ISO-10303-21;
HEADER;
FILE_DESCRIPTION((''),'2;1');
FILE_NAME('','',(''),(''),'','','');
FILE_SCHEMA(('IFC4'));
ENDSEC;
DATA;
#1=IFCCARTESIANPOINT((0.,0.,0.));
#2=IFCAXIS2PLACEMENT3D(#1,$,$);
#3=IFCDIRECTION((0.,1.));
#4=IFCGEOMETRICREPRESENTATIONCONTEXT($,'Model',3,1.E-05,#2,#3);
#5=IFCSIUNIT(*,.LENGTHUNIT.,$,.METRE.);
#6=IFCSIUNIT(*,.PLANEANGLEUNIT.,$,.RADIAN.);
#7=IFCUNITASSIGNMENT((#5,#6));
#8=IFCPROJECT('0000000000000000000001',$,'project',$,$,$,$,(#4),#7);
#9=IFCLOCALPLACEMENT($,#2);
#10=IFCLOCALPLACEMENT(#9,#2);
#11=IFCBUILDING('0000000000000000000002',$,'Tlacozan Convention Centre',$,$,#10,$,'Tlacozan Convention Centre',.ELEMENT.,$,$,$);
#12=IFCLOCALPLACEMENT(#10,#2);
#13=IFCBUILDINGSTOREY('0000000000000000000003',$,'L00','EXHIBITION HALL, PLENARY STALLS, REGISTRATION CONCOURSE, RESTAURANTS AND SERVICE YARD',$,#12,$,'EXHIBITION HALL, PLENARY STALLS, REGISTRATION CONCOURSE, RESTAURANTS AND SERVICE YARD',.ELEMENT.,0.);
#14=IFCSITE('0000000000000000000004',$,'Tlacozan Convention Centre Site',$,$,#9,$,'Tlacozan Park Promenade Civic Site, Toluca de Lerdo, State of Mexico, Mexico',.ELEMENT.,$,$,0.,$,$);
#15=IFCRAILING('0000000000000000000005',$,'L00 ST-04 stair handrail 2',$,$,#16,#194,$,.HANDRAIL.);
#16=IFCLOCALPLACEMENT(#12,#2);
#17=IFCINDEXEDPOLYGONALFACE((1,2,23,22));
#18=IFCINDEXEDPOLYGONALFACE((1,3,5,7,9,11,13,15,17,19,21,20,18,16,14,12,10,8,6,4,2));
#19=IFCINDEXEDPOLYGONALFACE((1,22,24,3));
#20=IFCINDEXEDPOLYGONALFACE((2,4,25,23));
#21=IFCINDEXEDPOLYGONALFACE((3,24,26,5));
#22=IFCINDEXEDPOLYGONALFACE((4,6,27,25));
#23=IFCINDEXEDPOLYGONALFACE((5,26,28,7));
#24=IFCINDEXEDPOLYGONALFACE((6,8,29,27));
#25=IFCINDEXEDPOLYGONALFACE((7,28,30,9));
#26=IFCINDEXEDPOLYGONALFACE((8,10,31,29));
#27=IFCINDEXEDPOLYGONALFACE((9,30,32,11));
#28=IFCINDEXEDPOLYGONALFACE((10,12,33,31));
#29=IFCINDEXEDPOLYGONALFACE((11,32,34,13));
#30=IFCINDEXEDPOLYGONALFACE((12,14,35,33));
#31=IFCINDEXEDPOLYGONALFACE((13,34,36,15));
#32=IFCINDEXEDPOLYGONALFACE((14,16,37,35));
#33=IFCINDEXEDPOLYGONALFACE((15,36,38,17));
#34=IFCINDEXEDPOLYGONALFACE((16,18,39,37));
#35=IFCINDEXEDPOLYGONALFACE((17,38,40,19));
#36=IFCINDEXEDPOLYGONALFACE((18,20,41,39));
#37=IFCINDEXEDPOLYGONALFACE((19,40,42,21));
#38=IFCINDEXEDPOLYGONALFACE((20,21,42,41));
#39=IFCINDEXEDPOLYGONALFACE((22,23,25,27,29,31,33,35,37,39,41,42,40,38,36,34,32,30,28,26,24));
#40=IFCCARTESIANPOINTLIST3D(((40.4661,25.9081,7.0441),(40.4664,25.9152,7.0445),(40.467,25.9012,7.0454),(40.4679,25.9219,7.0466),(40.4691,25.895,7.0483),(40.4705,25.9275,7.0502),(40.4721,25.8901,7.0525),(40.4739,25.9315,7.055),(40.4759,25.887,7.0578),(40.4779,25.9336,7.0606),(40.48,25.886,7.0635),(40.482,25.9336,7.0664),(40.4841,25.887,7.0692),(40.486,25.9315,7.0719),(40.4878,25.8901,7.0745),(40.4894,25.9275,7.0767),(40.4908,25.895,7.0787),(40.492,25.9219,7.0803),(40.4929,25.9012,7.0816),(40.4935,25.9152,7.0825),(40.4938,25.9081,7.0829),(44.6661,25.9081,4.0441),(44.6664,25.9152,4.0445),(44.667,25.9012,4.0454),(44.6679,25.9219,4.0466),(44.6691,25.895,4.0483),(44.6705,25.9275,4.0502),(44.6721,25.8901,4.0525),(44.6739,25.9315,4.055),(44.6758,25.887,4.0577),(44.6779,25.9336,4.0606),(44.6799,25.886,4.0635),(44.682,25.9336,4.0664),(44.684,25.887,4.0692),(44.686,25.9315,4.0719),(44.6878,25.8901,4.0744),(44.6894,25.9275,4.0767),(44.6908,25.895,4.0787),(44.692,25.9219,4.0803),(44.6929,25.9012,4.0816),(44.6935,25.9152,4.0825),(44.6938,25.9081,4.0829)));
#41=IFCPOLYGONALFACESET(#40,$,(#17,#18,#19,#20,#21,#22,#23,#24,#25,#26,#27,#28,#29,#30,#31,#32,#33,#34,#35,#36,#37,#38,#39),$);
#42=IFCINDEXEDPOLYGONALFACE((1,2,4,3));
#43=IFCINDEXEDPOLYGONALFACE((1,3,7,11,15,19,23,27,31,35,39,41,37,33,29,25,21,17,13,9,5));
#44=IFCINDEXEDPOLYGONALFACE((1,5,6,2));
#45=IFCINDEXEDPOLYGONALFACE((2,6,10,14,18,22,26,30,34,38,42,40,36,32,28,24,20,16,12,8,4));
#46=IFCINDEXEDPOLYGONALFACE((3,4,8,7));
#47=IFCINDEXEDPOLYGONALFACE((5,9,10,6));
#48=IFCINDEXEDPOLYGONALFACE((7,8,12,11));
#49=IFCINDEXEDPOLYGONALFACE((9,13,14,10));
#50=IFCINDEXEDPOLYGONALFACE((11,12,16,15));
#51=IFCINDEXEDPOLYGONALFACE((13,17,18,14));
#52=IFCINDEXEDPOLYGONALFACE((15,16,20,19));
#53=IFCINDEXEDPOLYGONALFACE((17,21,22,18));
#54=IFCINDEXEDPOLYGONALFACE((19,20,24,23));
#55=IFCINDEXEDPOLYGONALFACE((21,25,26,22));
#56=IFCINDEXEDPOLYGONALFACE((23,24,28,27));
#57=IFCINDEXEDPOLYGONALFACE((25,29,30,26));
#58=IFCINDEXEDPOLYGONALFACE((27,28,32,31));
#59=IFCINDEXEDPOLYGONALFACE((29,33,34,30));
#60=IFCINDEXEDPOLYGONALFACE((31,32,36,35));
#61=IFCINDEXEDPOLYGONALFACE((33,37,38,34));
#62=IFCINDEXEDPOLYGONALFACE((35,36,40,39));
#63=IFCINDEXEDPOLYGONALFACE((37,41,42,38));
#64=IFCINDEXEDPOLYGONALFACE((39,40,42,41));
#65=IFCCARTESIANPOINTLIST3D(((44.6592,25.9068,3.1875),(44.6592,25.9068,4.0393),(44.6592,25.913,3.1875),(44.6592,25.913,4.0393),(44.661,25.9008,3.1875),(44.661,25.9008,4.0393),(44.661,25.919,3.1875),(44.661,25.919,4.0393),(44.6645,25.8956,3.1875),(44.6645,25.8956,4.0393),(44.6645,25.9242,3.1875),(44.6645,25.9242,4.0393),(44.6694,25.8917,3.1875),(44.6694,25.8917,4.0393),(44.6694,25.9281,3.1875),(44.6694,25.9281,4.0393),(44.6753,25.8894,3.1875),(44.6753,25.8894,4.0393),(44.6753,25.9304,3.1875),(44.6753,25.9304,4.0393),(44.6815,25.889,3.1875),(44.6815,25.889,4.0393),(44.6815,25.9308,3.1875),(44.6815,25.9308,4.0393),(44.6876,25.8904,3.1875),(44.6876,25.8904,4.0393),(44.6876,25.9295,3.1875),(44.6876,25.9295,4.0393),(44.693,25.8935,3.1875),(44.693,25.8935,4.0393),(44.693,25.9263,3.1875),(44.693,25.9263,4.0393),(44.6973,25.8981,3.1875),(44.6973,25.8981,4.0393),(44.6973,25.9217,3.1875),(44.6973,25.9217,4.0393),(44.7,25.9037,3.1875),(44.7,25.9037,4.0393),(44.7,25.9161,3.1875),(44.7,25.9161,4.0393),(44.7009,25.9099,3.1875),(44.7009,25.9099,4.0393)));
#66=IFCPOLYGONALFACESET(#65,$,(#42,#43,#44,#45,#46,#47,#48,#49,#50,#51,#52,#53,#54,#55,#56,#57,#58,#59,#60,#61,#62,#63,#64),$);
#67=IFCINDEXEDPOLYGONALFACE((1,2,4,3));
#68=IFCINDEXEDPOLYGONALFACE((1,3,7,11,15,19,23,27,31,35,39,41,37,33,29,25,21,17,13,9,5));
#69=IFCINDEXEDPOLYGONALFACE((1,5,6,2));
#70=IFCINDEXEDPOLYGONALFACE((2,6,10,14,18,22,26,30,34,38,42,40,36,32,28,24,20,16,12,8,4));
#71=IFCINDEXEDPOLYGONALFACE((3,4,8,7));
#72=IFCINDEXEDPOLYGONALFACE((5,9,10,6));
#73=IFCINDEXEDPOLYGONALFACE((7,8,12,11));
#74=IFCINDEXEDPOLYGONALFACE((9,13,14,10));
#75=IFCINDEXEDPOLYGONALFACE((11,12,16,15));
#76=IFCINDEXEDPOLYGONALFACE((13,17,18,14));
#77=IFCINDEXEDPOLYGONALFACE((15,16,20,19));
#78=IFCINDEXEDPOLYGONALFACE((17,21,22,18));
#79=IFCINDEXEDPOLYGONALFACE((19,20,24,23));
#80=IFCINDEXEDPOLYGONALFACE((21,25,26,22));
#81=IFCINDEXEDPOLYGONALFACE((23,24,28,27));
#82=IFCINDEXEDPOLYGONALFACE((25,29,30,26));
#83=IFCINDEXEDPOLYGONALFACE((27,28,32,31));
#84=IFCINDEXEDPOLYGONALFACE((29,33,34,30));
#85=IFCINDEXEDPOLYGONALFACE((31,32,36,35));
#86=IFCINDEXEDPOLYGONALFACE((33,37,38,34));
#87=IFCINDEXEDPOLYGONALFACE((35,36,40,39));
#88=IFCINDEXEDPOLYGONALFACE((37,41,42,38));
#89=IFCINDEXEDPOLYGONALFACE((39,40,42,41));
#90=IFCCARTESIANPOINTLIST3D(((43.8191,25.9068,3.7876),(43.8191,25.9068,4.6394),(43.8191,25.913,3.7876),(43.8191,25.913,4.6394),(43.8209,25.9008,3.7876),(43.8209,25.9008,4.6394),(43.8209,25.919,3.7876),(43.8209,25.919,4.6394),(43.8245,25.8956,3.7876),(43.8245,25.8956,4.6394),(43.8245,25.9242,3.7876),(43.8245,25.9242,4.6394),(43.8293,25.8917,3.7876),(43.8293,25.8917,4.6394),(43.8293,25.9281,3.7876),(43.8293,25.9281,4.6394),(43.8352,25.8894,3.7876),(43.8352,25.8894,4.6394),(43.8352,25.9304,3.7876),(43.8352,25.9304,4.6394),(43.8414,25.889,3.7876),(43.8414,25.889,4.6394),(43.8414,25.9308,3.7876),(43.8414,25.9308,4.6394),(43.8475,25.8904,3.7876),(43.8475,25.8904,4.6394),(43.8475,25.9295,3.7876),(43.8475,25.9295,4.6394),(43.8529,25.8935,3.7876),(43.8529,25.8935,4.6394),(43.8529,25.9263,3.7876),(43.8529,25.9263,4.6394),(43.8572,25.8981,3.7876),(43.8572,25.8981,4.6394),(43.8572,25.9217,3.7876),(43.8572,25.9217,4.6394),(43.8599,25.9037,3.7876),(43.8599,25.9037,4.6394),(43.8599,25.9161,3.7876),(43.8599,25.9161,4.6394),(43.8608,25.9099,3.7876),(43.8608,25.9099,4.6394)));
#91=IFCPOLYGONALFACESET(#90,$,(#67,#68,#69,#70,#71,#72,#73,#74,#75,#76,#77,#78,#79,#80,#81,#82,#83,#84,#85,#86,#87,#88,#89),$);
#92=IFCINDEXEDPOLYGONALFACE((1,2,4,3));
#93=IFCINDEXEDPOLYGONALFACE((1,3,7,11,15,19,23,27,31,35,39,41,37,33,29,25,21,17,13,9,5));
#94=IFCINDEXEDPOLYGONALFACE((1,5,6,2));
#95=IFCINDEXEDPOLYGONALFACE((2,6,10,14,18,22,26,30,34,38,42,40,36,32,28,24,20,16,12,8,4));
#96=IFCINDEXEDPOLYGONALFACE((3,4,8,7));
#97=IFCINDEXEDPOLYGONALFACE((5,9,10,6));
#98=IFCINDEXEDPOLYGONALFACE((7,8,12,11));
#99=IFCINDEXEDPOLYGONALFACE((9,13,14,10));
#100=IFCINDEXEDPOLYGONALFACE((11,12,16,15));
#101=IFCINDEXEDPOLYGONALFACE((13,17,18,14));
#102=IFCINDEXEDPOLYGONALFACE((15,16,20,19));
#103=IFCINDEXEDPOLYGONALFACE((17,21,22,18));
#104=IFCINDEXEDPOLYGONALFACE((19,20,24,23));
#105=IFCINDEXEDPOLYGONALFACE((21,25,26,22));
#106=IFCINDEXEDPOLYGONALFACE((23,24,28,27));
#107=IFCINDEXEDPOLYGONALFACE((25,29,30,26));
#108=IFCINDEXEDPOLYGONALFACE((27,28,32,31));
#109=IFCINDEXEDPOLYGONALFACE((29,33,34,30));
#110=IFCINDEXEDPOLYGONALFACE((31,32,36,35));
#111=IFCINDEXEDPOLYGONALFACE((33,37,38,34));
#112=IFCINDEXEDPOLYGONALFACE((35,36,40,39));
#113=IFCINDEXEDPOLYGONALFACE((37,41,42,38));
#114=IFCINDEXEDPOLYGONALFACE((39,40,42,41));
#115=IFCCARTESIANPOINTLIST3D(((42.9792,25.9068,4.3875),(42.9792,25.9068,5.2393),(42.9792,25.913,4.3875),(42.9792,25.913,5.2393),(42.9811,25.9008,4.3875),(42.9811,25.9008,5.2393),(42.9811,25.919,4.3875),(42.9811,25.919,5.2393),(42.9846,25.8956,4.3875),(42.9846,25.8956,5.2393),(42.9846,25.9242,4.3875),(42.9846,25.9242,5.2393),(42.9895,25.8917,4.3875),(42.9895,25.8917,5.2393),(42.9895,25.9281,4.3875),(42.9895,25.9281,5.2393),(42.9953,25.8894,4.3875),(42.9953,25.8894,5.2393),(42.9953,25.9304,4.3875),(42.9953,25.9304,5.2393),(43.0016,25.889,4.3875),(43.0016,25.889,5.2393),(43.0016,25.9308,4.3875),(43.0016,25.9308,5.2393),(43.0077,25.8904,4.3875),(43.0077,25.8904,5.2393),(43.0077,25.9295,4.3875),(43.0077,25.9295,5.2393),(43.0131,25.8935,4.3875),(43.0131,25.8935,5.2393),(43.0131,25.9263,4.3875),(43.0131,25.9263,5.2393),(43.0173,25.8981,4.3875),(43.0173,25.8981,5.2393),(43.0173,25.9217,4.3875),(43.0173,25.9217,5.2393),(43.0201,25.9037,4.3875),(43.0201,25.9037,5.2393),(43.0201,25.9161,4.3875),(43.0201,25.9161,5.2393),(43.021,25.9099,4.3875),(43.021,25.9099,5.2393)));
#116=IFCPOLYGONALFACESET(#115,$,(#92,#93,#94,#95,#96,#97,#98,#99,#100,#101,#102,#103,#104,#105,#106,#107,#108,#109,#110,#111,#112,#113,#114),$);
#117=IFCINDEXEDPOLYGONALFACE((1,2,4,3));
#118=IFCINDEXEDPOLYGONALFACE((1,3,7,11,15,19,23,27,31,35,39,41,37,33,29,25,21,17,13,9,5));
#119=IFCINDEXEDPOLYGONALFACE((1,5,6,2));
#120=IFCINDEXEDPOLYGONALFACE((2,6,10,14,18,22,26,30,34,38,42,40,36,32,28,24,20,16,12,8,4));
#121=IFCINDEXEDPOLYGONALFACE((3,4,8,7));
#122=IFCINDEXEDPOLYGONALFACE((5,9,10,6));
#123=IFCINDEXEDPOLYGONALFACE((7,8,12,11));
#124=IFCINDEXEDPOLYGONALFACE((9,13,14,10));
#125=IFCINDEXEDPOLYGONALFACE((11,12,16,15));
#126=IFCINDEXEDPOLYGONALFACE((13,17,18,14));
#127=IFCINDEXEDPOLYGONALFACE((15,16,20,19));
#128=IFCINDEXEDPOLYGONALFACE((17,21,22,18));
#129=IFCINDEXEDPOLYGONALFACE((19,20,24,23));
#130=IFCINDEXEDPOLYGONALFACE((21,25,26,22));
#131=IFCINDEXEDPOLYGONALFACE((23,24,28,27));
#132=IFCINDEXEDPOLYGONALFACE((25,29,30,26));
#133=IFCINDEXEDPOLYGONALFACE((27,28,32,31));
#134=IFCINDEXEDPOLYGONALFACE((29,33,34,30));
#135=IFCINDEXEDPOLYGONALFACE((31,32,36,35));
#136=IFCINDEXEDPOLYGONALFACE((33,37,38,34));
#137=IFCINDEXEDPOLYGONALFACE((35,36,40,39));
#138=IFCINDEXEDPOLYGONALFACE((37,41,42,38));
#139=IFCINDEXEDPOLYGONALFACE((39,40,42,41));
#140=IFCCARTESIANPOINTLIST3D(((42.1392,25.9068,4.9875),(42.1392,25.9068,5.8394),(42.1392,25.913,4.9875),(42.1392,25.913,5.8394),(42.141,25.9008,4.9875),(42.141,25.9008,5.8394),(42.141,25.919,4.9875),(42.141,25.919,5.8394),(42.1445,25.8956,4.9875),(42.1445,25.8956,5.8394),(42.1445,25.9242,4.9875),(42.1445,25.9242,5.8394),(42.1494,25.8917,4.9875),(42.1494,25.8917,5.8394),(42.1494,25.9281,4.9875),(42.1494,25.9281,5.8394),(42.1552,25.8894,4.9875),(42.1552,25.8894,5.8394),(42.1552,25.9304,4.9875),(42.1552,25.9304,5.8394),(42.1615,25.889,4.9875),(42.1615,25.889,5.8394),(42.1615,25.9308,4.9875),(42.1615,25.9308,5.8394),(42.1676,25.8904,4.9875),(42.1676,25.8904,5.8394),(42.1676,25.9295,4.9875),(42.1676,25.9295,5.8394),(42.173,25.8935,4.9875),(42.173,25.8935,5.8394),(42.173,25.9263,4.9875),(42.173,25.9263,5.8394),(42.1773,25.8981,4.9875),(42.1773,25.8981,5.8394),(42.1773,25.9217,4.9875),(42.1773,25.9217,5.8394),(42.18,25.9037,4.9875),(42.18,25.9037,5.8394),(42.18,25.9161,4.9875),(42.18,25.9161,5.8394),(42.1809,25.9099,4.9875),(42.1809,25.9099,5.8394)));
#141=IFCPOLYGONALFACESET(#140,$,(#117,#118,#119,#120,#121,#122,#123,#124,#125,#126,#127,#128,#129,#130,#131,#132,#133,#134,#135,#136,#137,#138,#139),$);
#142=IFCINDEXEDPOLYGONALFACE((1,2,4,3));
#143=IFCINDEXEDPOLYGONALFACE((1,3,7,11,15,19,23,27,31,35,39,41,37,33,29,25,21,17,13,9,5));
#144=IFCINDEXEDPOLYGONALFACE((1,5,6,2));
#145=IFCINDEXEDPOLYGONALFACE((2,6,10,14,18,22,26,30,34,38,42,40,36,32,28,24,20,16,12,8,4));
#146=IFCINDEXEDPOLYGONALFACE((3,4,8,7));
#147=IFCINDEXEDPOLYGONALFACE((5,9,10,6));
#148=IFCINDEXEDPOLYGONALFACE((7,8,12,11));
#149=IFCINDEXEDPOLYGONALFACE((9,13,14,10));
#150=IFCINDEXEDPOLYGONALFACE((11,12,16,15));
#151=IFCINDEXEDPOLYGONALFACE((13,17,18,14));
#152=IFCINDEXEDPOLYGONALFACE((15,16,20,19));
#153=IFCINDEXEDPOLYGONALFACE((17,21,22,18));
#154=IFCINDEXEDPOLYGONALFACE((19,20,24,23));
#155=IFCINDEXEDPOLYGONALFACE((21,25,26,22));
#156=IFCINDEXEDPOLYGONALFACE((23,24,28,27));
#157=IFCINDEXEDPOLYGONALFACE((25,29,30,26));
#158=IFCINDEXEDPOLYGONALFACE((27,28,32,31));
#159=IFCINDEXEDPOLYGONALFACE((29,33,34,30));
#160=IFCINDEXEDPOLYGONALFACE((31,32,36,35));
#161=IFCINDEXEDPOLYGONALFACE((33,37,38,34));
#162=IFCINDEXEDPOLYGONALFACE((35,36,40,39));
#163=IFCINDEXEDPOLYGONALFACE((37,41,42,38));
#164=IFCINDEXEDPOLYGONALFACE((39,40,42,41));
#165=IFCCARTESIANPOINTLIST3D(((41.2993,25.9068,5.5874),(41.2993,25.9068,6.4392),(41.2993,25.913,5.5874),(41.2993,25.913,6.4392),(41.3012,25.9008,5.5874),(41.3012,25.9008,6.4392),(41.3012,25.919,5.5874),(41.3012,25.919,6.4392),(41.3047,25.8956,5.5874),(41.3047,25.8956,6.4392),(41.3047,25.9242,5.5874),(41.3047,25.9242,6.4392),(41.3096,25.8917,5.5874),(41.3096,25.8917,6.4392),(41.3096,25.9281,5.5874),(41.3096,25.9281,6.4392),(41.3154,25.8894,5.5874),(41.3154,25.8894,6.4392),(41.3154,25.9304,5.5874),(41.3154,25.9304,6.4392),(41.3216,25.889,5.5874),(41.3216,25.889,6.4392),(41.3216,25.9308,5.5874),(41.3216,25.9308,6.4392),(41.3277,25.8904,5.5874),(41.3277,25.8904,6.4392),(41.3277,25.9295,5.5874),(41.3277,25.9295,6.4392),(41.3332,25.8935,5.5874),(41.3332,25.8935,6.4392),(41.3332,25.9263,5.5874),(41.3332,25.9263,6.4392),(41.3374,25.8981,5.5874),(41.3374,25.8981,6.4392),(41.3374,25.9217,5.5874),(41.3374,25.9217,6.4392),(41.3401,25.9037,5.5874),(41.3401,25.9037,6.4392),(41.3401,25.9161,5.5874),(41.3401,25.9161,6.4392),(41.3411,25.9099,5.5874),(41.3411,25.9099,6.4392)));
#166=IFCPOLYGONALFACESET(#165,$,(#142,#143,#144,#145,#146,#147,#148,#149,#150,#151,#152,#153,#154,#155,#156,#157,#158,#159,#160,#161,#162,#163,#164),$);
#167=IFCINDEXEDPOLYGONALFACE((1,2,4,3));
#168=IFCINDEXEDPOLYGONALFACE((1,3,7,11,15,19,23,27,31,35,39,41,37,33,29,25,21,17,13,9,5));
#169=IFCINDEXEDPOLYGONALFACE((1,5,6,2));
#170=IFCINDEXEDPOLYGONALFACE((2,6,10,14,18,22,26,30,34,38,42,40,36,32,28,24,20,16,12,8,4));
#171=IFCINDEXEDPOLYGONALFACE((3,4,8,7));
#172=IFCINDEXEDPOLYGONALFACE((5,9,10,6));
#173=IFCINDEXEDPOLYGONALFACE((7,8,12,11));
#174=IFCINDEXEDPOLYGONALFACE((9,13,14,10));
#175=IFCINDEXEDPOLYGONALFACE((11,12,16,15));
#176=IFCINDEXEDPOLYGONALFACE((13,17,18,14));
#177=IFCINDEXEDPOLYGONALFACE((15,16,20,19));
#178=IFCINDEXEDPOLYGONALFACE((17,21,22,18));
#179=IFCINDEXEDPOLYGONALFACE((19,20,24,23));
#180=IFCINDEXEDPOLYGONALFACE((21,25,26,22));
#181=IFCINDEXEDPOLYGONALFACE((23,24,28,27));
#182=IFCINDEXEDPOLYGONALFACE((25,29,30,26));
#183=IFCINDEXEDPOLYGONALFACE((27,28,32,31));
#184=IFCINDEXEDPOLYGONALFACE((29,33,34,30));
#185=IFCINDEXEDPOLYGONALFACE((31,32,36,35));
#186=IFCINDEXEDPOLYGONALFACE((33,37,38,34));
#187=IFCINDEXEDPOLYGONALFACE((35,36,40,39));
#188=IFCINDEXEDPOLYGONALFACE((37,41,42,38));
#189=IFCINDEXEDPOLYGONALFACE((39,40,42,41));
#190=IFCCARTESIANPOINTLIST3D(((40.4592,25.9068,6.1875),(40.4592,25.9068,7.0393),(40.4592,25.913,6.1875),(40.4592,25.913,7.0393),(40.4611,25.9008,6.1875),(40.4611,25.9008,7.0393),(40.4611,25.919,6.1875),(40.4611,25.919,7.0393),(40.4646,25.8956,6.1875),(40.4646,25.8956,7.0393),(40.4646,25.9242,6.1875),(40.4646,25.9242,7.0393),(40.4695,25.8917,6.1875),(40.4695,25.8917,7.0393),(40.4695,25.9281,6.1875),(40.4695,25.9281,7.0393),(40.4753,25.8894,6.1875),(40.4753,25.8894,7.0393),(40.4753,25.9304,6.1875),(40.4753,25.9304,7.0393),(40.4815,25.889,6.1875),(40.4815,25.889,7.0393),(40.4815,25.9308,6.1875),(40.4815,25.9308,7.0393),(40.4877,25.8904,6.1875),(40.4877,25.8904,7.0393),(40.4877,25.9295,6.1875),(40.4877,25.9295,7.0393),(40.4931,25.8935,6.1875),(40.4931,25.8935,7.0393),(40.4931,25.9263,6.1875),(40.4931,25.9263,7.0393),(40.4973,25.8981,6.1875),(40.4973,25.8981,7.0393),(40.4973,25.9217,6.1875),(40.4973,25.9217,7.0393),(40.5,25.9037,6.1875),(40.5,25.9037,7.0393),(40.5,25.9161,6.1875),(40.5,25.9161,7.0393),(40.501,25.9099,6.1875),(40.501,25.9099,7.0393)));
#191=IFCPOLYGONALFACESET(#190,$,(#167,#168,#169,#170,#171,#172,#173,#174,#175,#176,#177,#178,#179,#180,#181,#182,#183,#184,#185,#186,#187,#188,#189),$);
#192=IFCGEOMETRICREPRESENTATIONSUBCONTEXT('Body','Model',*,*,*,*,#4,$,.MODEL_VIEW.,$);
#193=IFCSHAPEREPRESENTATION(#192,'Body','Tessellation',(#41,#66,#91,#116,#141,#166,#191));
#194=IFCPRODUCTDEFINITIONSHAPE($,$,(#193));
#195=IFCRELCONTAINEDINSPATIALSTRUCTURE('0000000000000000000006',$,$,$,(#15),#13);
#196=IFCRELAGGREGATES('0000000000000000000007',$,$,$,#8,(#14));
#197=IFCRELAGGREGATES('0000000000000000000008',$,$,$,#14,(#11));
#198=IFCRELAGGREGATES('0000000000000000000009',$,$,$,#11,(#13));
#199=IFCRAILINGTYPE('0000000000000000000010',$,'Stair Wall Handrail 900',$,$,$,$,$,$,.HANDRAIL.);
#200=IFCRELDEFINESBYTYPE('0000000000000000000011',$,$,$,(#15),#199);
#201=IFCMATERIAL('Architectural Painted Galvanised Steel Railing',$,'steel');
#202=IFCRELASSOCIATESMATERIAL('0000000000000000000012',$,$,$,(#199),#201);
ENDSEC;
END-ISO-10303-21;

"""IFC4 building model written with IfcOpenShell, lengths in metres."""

from ifc_helpers import new_model, si_unit, direction, frame, origin, origin_2d, place, context, subcontext, project, spatial, circle, extrude, material, type_object, element, save


model = new_model("IFC4")

# Units and contexts
model_context = context("Model", 3, precision=1e-05, world=origin(), true_north=direction((0.0, 1.0)))
body_context = subcontext(model_context, "Body", "Model", "MODEL_VIEW")
ifc_project = project(units=[si_unit("LENGTHUNIT", "METRE"), si_unit("PLANEANGLEUNIT", "RADIAN")], contexts=[model_context])

# Site, building, storey
site_placement = place(None, origin())
site = spatial("IfcSite", under=ifc_project, at=site_placement, Name="Tlacozan Convention Centre Site", LongName="Tlacozan Park Promenade Civic Site, Toluca de Lerdo, State of Mexico, Mexico", CompositionType="ELEMENT", RefElevation=0.0)
building_placement = place(site_placement, origin())
building = spatial("IfcBuilding", under=site, at=building_placement, Name="Tlacozan Convention Centre", LongName="Tlacozan Convention Centre", CompositionType="ELEMENT")
storey_placement = place(building_placement, origin())
storey = spatial("IfcBuildingStorey", under=building, at=storey_placement, Name="L00", Description="EXHIBITION HALL, PLENARY STALLS, REGISTRATION CONCOURSE, RESTAURANTS AND SERVICE YARD", LongName="EXHIBITION HALL, PLENARY STALLS, REGISTRATION CONCOURSE, RESTAURANTS AND SERVICE YARD", CompositionType="ELEMENT", Elevation=0.0)

# Railing
ifc_material_1 = material(Name="Architectural Painted Galvanised Steel Railing", Category="steel")
railing_type_1 = type_object("IfcRailingType", Name="Stair Wall Handrail 900", PredefinedType="HANDRAIL", material=ifc_material_1)
railing_1_placement = place(storey_placement, frame((44.6799, 25.9099, 3.1875)))
element("IfcRailing", 1, at=railing_1_placement, inside=storey, type_object=railing_type_1, Name="L00 ST-04 stair handrail 2", PredefinedType="HANDRAIL", context=body_context, shape_type="SweptSolid", body=[
    extrude(circle(Radius=0.0239, at=origin_2d()), frame((0.0, 0.0, 0.876), z_axis=(-0.81373, 0.0, 0.581243), x_axis=(0.0, -1.0, 0.0)), (0.0, 0.0, 1.0), 5.1614),
    extrude(circle(Radius=0.021, at=origin_2d()), origin(), (0.0, 0.0, 1.0), 0.8518),
    extrude(circle(Radius=0.021, at=origin_2d()), frame((-0.8401, 0.0, 0.6001)), (0.0, 0.0, 1.0), 0.8518),
    extrude(circle(Radius=0.021, at=origin_2d()), frame((-1.6799, 0.0, 1.2)), (0.0, 0.0, 1.0), 0.8518),
    extrude(circle(Radius=0.021, at=origin_2d()), frame((-2.52, 0.0, 1.8)), (0.0, 0.0, 1.0), 0.8518),
    extrude(circle(Radius=0.021, at=origin_2d()), frame((-3.3599, 0.0, 2.3999)), (0.0, 0.0, 1.0), 0.8518),
    extrude(circle(Radius=0.021, at=origin_2d()), frame((-4.2, 0.0, 3.0)), (0.0, 0.0, 1.0), 0.8518),
])

save(model, "model.ifc")
